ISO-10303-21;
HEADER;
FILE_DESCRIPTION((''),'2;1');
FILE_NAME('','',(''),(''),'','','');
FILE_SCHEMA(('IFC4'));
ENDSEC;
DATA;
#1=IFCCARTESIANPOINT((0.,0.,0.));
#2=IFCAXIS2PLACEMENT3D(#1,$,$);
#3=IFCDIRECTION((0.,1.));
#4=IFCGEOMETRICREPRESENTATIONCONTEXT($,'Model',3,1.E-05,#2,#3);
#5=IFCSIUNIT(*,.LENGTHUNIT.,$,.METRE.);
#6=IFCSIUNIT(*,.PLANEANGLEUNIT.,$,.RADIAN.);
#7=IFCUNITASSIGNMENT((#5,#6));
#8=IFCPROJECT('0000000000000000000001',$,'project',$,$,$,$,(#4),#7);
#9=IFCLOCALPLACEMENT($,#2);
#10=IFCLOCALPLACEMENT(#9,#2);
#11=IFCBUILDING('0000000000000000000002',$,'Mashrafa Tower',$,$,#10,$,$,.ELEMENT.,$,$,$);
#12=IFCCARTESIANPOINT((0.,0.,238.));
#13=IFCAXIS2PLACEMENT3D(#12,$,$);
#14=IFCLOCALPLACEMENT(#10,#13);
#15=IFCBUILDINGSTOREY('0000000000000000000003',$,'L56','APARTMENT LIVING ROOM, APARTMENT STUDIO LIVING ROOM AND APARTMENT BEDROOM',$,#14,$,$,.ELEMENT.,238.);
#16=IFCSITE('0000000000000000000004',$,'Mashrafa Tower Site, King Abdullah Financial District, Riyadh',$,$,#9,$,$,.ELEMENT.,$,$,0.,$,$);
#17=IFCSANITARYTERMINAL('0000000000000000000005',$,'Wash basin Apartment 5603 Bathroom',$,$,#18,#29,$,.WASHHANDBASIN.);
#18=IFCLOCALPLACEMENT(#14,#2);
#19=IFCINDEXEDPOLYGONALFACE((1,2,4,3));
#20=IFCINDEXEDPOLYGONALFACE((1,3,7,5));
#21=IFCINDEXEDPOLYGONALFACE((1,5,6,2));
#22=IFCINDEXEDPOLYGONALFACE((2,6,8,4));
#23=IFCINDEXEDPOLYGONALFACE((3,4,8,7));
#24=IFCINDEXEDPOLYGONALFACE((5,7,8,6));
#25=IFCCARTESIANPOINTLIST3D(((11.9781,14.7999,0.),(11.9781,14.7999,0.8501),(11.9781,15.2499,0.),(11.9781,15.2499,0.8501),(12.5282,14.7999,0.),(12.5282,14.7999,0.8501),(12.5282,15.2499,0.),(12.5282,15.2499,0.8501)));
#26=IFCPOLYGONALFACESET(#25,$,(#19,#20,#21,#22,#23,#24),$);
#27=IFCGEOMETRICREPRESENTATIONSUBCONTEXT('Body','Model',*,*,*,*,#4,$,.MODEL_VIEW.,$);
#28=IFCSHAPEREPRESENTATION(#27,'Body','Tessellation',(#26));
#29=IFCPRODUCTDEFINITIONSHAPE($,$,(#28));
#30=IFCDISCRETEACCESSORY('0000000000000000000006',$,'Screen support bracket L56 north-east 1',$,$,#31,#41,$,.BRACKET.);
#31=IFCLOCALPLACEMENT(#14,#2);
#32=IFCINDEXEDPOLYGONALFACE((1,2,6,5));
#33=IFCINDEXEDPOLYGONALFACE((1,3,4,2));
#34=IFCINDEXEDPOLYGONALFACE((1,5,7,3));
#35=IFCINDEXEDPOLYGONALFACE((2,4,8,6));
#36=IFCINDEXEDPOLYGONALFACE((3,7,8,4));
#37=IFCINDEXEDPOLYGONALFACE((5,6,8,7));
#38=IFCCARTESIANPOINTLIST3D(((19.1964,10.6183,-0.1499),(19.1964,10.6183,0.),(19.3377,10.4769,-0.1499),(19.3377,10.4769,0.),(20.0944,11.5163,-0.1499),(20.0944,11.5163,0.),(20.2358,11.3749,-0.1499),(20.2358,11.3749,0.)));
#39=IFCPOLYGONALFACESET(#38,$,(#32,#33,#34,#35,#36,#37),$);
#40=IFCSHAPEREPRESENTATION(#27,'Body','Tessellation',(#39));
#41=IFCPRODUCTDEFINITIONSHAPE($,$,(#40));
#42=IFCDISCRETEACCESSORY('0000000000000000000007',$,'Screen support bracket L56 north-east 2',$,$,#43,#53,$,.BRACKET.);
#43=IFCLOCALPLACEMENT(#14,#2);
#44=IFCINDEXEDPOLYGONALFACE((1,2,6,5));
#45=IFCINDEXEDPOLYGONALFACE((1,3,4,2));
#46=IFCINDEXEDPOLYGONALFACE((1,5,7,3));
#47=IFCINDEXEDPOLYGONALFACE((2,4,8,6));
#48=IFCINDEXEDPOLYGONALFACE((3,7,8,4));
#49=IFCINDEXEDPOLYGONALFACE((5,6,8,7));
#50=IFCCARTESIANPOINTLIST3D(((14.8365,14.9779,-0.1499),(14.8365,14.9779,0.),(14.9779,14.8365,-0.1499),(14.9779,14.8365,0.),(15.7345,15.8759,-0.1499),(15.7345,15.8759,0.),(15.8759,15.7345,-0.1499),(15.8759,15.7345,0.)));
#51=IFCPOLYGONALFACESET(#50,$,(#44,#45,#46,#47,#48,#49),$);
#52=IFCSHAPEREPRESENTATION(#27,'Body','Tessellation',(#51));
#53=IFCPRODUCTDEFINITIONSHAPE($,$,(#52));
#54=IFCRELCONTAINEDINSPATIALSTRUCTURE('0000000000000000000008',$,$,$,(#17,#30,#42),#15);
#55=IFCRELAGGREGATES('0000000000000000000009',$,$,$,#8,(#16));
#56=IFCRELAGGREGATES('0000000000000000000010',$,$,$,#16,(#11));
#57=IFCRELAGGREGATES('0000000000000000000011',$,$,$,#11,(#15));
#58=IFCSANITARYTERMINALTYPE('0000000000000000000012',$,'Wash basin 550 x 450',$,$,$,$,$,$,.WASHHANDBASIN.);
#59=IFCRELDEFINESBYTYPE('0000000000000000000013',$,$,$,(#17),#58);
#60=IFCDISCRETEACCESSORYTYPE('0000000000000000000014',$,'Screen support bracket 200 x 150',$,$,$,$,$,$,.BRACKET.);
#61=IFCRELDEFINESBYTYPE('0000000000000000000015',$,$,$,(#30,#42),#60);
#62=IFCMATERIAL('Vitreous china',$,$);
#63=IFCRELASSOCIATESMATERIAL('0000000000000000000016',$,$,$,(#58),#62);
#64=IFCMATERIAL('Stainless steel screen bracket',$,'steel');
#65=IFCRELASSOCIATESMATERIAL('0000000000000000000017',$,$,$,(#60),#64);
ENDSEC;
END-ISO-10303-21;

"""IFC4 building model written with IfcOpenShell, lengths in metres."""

from ifc_helpers import new_model, si_unit, direction, frame, origin, origin_2d, place, context, subcontext, project, spatial, rectangle, extrude, source, transform, mapped, material, type_object, type_shapes, element, save


model = new_model("IFC4")

# Units and contexts
model_context = context("Model", 3, precision=1e-05, world=origin(), true_north=direction((0.0, 1.0)))
body_context = subcontext(model_context, "Body", "Model", "MODEL_VIEW")
ifc_project = project(units=[si_unit("LENGTHUNIT", "METRE"), si_unit("PLANEANGLEUNIT", "RADIAN")], contexts=[model_context])

# Site, building, storey
site_placement = place(None, origin())
site = spatial("IfcSite", under=ifc_project, at=site_placement, Name="Mashrafa Tower Site, King Abdullah Financial District, Riyadh", CompositionType="ELEMENT", RefElevation=0.0)
building_placement = place(site_placement, origin())
building = spatial("IfcBuilding", under=site, at=building_placement, Name="Mashrafa Tower", CompositionType="ELEMENT")
storey_placement = place(building_placement, frame((0.0, 0.0, 238.0)))
storey = spatial("IfcBuildingStorey", under=building, at=storey_placement, Name="L56", Description="APARTMENT LIVING ROOM, APARTMENT STUDIO LIVING ROOM AND APARTMENT BEDROOM", CompositionType="ELEMENT", Elevation=238.0)

# Sanitary terminal
ifc_material_1 = material(Name="Vitreous china")
sanitary_terminal_type_1 = type_object("IfcSanitaryTerminalType", Name="Wash basin 550 x 450", PredefinedType="WASHHANDBASIN", material=ifc_material_1)
for number, where, z_axis, x_axis, name in (
    (1, (12.2532, 15.0249, 0.0), (0.0, 0.0, 1.0), (-1.0, 0.0, 0.0), "Wash basin Apartment 5603 Bathroom"),
):
    element("IfcSanitaryTerminal", number, at=place(storey_placement, frame(where, z_axis=z_axis, x_axis=x_axis)), inside=storey, type_object=sanitary_terminal_type_1, Name=name, PredefinedType="WASHHANDBASIN", context=body_context, shape_type="SweptSolid", body=[
        extrude(rectangle(XDim=0.55, YDim=0.45, at=origin_2d()), origin(), (0.0, 0.0, 1.0), 0.8501),
    ])

# Discrete accessories
ifc_material_2 = material(Name="Stainless steel screen bracket", Category="steel")
discrete_accessory_type = type_object("IfcDiscreteAccessoryType", Name="Screen support bracket 200 x 150", PredefinedType="BRACKET", material=ifc_material_2)
shared_shape_1 = source(origin(), body_context, "Body", "SweptSolid", [
    extrude(rectangle(XDim=0.2, YDim=1.27, at=origin_2d()), origin(), (0.0, 0.0, 1.0), 0.1499),
])
type_shapes(discrete_accessory_type, [shared_shape_1])
for number, where, z_axis, x_axis, name in (
    (2, (19.7161, 10.9966, -0.1499), (0.0, 0.0, 1.0), (-0.707107, 0.707107, 0.0), "Screen support bracket L56 north-east 1"),
    (3, (15.3562, 15.3562, -0.1499), (0.0, 0.0, 1.0), (-0.707107, 0.707107, 0.0), "Screen support bracket L56 north-east 2"),
):
    element("IfcDiscreteAccessory", number, at=place(storey_placement, frame(where, z_axis=z_axis, x_axis=x_axis)), inside=storey, type_object=discrete_accessory_type, Name=name, PredefinedType="BRACKET", context=body_context, shape_type="MappedRepresentation", body=[
        mapped(shared_shape_1, transform((0.0, 0.0, 0.0))),
    ])

save(model, "model.ifc")
